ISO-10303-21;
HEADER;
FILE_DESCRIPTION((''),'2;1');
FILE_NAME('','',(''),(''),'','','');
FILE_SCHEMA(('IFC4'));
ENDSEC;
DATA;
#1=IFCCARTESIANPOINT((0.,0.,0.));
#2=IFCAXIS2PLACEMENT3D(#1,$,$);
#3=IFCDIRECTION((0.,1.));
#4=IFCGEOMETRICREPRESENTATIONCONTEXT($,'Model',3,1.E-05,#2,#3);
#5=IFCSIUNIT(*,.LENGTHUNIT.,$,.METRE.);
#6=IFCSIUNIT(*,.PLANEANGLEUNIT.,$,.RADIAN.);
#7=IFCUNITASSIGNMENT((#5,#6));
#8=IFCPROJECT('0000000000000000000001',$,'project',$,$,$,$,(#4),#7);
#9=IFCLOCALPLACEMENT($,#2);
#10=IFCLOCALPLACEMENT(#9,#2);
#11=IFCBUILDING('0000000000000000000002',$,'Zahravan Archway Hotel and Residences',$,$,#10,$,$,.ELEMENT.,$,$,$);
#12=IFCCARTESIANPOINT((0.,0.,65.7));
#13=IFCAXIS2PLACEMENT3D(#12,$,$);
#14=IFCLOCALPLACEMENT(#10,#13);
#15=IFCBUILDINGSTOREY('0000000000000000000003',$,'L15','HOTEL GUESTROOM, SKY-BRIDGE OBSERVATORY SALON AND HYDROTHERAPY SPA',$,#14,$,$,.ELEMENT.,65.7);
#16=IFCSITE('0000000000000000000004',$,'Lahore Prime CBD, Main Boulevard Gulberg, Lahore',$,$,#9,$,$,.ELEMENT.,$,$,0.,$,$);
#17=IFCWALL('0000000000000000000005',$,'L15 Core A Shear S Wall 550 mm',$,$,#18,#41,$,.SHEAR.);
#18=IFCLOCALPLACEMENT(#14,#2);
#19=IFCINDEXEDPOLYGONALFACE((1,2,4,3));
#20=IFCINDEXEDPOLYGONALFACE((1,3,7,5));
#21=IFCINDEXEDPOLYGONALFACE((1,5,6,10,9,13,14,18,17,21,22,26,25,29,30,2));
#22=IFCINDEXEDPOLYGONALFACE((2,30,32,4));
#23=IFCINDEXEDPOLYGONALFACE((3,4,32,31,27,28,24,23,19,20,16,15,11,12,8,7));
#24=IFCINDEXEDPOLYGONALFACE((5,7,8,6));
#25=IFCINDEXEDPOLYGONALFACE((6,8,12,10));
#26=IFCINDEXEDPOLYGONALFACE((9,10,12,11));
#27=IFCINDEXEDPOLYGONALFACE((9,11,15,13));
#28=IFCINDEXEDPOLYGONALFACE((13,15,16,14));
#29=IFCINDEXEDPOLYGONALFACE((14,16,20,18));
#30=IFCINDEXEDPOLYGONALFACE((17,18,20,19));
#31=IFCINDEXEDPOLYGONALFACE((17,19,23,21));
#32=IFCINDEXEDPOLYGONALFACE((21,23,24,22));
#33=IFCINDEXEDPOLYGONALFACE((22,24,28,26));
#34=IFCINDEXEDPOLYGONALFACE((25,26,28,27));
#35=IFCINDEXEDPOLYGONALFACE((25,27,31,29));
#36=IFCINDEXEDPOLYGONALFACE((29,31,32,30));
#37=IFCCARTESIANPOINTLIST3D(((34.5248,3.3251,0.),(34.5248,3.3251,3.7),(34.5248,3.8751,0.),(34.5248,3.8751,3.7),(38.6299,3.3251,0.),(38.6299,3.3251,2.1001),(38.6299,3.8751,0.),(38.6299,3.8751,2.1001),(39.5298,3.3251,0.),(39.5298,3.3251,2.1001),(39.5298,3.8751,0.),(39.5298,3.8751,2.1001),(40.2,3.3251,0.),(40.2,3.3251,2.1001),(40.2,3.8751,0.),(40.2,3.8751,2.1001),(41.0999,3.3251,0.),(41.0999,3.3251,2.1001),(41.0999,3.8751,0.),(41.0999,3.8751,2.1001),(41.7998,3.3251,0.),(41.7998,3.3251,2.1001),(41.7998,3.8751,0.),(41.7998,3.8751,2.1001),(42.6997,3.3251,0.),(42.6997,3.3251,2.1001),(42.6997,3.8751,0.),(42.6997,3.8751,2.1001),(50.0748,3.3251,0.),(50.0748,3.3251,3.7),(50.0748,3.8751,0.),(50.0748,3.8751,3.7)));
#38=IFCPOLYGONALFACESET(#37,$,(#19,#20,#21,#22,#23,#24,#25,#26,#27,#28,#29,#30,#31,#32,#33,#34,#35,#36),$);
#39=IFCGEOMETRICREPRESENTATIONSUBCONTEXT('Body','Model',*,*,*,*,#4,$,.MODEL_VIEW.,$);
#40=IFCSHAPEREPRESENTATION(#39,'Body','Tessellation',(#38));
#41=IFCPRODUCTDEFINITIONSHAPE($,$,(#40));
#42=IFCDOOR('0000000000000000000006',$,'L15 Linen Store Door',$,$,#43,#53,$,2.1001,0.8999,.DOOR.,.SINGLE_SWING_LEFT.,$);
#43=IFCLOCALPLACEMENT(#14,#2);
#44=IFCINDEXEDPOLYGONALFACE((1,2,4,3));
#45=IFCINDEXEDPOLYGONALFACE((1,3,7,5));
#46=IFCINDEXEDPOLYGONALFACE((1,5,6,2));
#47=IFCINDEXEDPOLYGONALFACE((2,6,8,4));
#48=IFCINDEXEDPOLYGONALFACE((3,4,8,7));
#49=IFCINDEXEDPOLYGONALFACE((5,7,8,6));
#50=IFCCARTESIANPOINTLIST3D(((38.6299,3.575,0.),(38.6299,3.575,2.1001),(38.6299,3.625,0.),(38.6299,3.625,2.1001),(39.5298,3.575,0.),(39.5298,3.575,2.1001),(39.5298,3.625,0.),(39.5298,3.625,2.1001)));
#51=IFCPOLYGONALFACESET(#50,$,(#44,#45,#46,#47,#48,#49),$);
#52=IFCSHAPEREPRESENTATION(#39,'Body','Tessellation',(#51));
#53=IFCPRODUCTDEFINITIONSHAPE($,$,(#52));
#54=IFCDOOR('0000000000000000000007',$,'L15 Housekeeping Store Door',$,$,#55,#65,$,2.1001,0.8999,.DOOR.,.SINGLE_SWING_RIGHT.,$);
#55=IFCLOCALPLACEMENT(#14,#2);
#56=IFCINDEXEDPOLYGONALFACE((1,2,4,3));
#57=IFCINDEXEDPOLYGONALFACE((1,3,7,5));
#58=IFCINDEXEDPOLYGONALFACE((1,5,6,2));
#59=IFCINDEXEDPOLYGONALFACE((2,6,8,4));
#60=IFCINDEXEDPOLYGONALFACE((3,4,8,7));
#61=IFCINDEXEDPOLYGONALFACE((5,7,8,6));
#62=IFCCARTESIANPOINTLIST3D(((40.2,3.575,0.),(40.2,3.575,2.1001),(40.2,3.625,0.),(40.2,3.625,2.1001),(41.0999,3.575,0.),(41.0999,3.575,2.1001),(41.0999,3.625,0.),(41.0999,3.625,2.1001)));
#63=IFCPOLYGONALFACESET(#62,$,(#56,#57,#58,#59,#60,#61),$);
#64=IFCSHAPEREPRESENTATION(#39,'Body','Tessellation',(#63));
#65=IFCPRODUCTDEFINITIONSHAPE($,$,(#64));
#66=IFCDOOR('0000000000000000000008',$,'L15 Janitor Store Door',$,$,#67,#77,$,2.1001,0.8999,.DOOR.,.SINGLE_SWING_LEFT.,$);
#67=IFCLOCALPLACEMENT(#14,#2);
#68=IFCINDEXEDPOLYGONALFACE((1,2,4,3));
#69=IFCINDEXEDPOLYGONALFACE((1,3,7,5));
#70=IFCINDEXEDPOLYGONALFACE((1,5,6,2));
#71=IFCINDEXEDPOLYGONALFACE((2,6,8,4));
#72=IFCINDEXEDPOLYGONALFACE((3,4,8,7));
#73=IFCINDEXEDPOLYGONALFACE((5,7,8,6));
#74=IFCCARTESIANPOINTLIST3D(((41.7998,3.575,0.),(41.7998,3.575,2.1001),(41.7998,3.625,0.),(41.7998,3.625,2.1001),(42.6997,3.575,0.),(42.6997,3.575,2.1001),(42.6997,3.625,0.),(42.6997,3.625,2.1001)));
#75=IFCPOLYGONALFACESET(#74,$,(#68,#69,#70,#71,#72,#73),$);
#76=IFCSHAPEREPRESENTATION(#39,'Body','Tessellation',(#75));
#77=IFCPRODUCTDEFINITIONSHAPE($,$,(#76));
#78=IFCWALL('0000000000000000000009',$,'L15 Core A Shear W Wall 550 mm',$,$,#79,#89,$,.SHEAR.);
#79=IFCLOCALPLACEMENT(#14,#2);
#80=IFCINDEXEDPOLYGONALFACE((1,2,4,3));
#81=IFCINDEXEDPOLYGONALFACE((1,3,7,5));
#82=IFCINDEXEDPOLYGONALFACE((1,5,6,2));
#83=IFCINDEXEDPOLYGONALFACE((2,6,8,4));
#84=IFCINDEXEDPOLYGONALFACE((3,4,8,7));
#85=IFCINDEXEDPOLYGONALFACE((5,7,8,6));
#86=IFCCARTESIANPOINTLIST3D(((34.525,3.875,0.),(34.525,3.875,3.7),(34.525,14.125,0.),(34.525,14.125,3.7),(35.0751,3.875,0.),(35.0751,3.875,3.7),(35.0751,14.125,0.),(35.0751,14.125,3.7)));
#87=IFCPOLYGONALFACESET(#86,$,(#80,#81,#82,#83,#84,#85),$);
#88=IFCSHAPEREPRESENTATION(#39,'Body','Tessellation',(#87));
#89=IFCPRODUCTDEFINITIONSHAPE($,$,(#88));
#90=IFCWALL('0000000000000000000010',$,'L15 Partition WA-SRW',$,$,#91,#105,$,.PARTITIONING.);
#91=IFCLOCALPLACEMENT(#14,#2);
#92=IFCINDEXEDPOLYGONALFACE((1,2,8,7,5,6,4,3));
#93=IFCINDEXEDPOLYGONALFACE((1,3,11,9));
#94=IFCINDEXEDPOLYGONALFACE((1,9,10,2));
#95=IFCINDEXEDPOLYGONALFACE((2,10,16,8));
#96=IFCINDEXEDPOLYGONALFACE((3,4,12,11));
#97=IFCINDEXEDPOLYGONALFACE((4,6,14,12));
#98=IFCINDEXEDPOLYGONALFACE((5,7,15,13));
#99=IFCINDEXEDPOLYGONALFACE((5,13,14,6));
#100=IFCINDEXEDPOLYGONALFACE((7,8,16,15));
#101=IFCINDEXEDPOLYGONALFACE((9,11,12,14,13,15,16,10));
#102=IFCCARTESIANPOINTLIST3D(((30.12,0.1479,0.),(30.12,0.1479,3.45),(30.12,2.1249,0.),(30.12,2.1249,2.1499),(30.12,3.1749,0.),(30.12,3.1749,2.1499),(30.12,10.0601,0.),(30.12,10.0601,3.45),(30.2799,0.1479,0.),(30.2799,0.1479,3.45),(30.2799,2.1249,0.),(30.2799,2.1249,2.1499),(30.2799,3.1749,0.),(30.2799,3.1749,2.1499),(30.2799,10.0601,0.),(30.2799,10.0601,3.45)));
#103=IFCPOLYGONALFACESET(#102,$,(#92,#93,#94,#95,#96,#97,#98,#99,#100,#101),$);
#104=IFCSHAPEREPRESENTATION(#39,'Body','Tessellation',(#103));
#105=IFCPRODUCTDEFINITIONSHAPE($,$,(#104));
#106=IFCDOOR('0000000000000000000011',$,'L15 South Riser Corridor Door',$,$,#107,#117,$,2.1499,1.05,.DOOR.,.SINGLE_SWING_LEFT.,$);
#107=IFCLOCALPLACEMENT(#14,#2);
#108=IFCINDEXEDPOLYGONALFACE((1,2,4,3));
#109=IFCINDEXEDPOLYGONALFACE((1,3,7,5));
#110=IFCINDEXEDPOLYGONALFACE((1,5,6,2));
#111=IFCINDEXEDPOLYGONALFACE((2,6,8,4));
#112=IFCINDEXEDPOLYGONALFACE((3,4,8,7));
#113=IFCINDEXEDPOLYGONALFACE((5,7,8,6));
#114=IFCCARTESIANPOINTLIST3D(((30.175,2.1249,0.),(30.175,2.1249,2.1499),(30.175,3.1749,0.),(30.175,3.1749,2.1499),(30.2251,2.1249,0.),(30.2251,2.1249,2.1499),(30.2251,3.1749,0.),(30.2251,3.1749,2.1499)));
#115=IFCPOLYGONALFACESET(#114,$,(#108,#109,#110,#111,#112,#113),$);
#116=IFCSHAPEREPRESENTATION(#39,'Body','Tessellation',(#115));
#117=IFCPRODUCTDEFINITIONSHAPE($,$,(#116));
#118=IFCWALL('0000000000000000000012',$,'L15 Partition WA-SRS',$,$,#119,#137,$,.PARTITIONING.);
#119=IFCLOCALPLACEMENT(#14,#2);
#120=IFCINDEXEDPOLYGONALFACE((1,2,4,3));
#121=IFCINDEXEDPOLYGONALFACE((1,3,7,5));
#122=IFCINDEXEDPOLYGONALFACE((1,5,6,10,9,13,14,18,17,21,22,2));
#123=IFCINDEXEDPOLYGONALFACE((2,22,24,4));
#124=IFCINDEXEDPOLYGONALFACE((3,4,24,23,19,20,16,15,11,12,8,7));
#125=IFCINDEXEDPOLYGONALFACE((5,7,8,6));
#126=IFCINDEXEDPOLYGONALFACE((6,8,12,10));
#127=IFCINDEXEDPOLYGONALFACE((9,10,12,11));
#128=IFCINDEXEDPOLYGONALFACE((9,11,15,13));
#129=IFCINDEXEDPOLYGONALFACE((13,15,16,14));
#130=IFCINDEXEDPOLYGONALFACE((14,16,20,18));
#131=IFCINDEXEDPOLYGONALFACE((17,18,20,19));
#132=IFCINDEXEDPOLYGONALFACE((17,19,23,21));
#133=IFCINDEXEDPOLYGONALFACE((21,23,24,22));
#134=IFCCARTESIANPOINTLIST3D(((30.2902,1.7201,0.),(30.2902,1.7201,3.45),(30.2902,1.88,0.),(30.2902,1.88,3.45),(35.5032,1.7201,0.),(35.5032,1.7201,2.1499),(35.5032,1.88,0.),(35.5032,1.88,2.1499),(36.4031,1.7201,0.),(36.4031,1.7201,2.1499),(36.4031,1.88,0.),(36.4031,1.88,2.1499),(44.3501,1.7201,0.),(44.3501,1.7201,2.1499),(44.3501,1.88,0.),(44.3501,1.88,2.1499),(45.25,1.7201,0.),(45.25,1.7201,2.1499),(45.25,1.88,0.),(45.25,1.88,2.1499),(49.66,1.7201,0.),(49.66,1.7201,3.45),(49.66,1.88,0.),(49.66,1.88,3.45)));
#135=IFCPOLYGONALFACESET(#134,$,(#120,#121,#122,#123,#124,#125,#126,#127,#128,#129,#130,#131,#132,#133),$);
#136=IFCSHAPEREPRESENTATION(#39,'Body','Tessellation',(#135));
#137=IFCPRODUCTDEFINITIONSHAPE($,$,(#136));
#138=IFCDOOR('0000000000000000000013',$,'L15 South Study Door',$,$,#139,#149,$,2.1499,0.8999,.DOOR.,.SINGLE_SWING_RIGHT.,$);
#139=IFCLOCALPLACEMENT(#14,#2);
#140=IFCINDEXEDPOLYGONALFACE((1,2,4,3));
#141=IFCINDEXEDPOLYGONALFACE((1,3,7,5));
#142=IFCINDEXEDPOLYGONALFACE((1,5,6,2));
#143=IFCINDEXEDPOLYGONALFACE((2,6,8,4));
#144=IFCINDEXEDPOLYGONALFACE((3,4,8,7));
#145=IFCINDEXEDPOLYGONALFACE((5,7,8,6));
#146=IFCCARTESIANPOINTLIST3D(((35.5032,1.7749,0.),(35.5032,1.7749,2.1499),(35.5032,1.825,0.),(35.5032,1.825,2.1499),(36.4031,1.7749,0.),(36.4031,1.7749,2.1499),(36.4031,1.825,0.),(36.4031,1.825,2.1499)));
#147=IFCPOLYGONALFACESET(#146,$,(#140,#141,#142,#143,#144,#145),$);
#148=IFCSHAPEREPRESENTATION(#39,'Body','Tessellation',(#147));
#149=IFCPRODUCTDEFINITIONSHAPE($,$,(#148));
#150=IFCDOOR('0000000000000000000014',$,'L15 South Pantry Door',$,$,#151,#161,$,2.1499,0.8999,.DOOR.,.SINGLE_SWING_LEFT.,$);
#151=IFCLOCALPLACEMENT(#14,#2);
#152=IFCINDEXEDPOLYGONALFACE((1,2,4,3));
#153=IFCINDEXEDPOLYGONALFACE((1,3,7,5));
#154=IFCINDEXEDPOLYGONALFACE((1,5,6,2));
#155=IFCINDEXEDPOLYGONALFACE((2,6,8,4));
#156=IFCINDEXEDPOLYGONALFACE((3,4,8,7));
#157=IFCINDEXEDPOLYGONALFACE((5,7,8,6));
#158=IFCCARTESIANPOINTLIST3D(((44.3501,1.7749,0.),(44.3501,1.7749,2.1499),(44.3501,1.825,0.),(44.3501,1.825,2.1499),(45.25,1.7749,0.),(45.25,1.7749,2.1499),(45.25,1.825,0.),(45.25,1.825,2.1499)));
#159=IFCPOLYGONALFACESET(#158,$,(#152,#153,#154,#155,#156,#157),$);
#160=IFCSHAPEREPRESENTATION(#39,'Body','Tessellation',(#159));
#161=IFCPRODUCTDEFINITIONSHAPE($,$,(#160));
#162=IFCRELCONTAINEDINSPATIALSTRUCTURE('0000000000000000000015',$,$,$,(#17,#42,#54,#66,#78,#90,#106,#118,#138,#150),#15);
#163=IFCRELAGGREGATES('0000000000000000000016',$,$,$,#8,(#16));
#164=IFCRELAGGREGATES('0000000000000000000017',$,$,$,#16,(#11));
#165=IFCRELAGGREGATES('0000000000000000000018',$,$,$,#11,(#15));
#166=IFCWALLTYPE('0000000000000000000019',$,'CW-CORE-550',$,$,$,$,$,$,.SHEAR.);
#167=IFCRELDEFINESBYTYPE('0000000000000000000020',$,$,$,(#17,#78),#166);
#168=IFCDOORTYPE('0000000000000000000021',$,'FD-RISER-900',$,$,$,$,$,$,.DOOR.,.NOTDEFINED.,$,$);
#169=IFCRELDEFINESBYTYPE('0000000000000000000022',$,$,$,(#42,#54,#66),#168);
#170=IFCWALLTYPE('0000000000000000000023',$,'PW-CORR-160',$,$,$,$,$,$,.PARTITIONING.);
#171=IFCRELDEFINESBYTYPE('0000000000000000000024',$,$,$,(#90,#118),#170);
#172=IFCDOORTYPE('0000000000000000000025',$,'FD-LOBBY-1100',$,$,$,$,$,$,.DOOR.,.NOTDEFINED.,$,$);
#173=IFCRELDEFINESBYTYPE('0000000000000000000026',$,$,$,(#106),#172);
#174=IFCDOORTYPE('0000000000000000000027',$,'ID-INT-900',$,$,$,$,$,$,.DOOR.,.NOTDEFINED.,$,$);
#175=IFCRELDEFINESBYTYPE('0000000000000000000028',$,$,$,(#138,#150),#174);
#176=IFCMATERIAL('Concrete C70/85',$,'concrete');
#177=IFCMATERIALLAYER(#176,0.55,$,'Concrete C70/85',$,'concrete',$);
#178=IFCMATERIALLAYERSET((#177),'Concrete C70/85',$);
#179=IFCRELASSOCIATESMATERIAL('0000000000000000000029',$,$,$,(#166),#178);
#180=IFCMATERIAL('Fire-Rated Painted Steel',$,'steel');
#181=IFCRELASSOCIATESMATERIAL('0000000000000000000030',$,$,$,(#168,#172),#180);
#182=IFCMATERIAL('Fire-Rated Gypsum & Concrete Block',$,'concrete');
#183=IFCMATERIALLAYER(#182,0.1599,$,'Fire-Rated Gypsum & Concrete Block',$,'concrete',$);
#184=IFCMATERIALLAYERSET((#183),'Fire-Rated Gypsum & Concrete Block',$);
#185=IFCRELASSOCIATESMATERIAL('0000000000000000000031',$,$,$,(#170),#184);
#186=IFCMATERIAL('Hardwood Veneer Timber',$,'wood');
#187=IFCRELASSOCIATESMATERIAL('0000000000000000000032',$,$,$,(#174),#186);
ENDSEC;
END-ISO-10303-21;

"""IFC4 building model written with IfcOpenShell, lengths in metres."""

from ifc_helpers import new_model, si_unit, direction, frame, frame_2d, origin, place, context, subcontext, project, spatial, rectangle, extrude, source, transform, mapped, material, layer, layer_set, type_object, type_shapes, element, fill, save


model = new_model("IFC4")

# Units and contexts
model_context = context("Model", 3, precision=1e-05, world=origin(), true_north=direction((0.0, 1.0)))
body_context = subcontext(model_context, "Body", "Model", "MODEL_VIEW")
ifc_project = project(units=[si_unit("LENGTHUNIT", "METRE"), si_unit("PLANEANGLEUNIT", "RADIAN")], contexts=[model_context])

# Site, building, storey
site_placement = place(None, origin())
site = spatial("IfcSite", under=ifc_project, at=site_placement, Name="Lahore Prime CBD, Main Boulevard Gulberg, Lahore", CompositionType="ELEMENT", RefElevation=0.0)
building_placement = place(site_placement, origin())
building = spatial("IfcBuilding", under=site, at=building_placement, Name="Zahravan Archway Hotel and Residences", CompositionType="ELEMENT")
storey_placement = place(building_placement, frame((0.0, 0.0, 65.7)))
storey = spatial("IfcBuildingStorey", under=building, at=storey_placement, Name="L15", Description="HOTEL GUESTROOM, SKY-BRIDGE OBSERVATORY SALON AND HYDROTHERAPY SPA", CompositionType="ELEMENT", Elevation=65.7)

# Shared definitions
ifc_material_1 = material(Name="Concrete C70/85", Category="concrete")

# Wall, openings, doors
ifc_layer_1 = layer(ifc_material_1, 0.55, Name="Concrete C70/85", Category="concrete")
ifc_layer_set_1 = layer_set([ifc_layer_1], Name="Concrete C70/85")
wall_type_1 = type_object("IfcWallType", Name="CW-CORE-550", PredefinedType="SHEAR", material=ifc_layer_set_1)
wall_1_placement = place(storey_placement, frame((34.5249, 3.6001, 0.0), z_axis=(0.0, 0.0, 1.0), x_axis=(1.0, 0.0, 0.0)))
wall_1 = element("IfcWall", 1, at=wall_1_placement, inside=storey, type_object=wall_type_1, Name="L15 Core A Shear S Wall 550 mm", PredefinedType="SHEAR", context=body_context, shape_type="SweptSolid", body=[
    extrude(rectangle(XDim=15.55, YDim=0.55, at=frame_2d((7.7749, 0.0))), origin(), (0.0, 0.0, 1.0), 3.7),
])
opening_1_placement = place(wall_1_placement, frame((4.105, 0.0, 0.0)))
opening_1 = element("IfcOpeningElement", 2, at=opening_1_placement, cuts=wall_1, PredefinedType="OPENING", context=body_context, shape_type="SweptSolid", body=[
    extrude(rectangle(XDim=0.8999, YDim=2.1001, at=frame_2d((0.45, 1.05))), frame((0.0, 0.2852, 0.0), z_axis=(0.0, -1.0, 0.0), x_axis=(1.0, 0.0, 0.0)), (0.0, 0.0, 1.0), 0.5701),
])
opening_2_placement = place(wall_1_placement, frame((5.675, 0.0, 0.0)))
opening_2 = element("IfcOpeningElement", 3, at=opening_2_placement, cuts=wall_1, PredefinedType="OPENING", context=body_context, shape_type="SweptSolid", body=[
    extrude(rectangle(XDim=0.8999, YDim=2.1001, at=frame_2d((0.45, 1.05))), frame((0.0, 0.2852, 0.0), z_axis=(0.0, -1.0, 0.0), x_axis=(1.0, 0.0, 0.0)), (0.0, 0.0, 1.0), 0.5701),
])
opening_3_placement = place(wall_1_placement, frame((7.2749, 0.0, 0.0)))
opening_3 = element("IfcOpeningElement", 4, at=opening_3_placement, cuts=wall_1, PredefinedType="OPENING", context=body_context, shape_type="SweptSolid", body=[
    extrude(rectangle(XDim=0.8999, YDim=2.1001, at=frame_2d((0.45, 1.05))), frame((0.0, 0.2852, 0.0), z_axis=(0.0, -1.0, 0.0), x_axis=(1.0, 0.0, 0.0)), (0.0, 0.0, 1.0), 0.5701),
])
ifc_material_2 = material(Name="Fire-Rated Painted Steel", Category="steel")
door_type_1 = type_object("IfcDoorType", Name="FD-RISER-900", OperationType="NOTDEFINED", PredefinedType="DOOR", material=ifc_material_2)
shared_shape_1 = source(origin(), body_context, "Body", "SweptSolid", [
    extrude(rectangle(XDim=0.8999, YDim=2.1001, at=frame_2d((0.45, 1.05))), frame((0.0, 0.0249, 0.0), z_axis=(0.0, -1.0, 0.0), x_axis=(1.0, 0.0, 0.0)), (0.0, 0.0, 1.0), 0.05),
])
type_shapes(door_type_1, [shared_shape_1])
door_1_placement = place(opening_1_placement, origin())
door_1 = element("IfcDoor", 5, at=door_1_placement, inside=storey, type_object=door_type_1, Name="L15 Linen Store Door", OperationType="SINGLE_SWING_LEFT", OverallHeight=2.1001, OverallWidth=0.8999, PredefinedType="DOOR", context=body_context, shape_type="MappedRepresentation", body=[
    mapped(shared_shape_1, transform((0.0, 0.0, 0.0), scale=1.0)),
])
fill(opening_1, door_1)
door_2_placement = place(opening_2_placement, origin())
door_2 = element("IfcDoor", 6, at=door_2_placement, inside=storey, type_object=door_type_1, Name="L15 Housekeeping Store Door", OperationType="SINGLE_SWING_RIGHT", OverallHeight=2.1001, OverallWidth=0.8999, PredefinedType="DOOR", context=body_context, shape_type="MappedRepresentation", body=[
    mapped(shared_shape_1, transform((0.0, 0.0, 0.0), scale=1.0)),
])
fill(opening_2, door_2)
door_3_placement = place(opening_3_placement, origin())
door_3 = element("IfcDoor", 7, at=door_3_placement, inside=storey, type_object=door_type_1, Name="L15 Janitor Store Door", OperationType="SINGLE_SWING_LEFT", OverallHeight=2.1001, OverallWidth=0.8999, PredefinedType="DOOR", context=body_context, shape_type="MappedRepresentation", body=[
    mapped(shared_shape_1, transform((0.0, 0.0, 0.0), scale=1.0)),
])
fill(opening_3, door_3)

# Wall
wall_2_placement = place(storey_placement, frame((34.8, 3.875, 0.0), z_axis=(0.0, 0.0, 1.0), x_axis=(0.0, 1.0, 0.0)))
element("IfcWall", 8, at=wall_2_placement, inside=storey, type_object=wall_type_1, Name="L15 Core A Shear W Wall 550 mm", PredefinedType="SHEAR", context=body_context, shape_type="SweptSolid", body=[
    extrude(rectangle(XDim=10.25, YDim=0.55, at=frame_2d((5.125, 0.0))), origin(), (0.0, 0.0, 1.0), 3.7),
])

# Wall, opening, door
ifc_material_3 = material(Name="Fire-Rated Gypsum & Concrete Block", Category="concrete")
ifc_layer_2 = layer(ifc_material_3, 0.1599, Name="Fire-Rated Gypsum & Concrete Block", Category="concrete")
ifc_layer_set_2 = layer_set([ifc_layer_2], Name="Fire-Rated Gypsum & Concrete Block")
wall_type_2 = type_object("IfcWallType", Name="PW-CORR-160", PredefinedType="PARTITIONING", material=ifc_layer_set_2)
wall_3_placement = place(storey_placement, frame((30.2, 0.1479, 0.0), z_axis=(0.0, 0.0, 1.0), x_axis=(0.0, 1.0, 0.0)))
wall_3 = element("IfcWall", 9, at=wall_3_placement, inside=storey, type_object=wall_type_2, Name="L15 Partition WA-SRW", PredefinedType="PARTITIONING", context=body_context, shape_type="SweptSolid", body=[
    extrude(rectangle(XDim=9.9121, YDim=0.1599, at=frame_2d((4.9561, 0.0))), origin(), (0.0, 0.0, 1.0), 3.45),
])
opening_4_placement = place(wall_3_placement, frame((1.9771, 0.0, 0.0)))
opening_4 = element("IfcOpeningElement", 10, at=opening_4_placement, cuts=wall_3, PredefinedType="OPENING", context=body_context, shape_type="SweptSolid", body=[
    extrude(rectangle(XDim=1.05, YDim=2.1499, at=frame_2d((0.5249, 1.075))), frame((0.0, 0.0898, 0.0), z_axis=(0.0, -1.0, 0.0), x_axis=(1.0, 0.0, 0.0)), (0.0, 0.0, 1.0), 0.1799),
])
door_type_2 = type_object("IfcDoorType", Name="FD-LOBBY-1100", OperationType="NOTDEFINED", PredefinedType="DOOR", material=ifc_material_2)
shared_shape_2 = source(origin(), body_context, "Body", "SweptSolid", [
    extrude(rectangle(XDim=1.05, YDim=2.1499, at=frame_2d((0.5249, 1.075))), frame((0.0, 0.0249, 0.0), z_axis=(0.0, -1.0, 0.0), x_axis=(1.0, 0.0, 0.0)), (0.0, 0.0, 1.0), 0.05),
])
type_shapes(door_type_2, [shared_shape_2])
door_4_placement = place(opening_4_placement, origin())
door_4 = element("IfcDoor", 11, at=door_4_placement, inside=storey, type_object=door_type_2, Name="L15 South Riser Corridor Door", OperationType="SINGLE_SWING_LEFT", OverallHeight=2.1499, OverallWidth=1.05, PredefinedType="DOOR", context=body_context, shape_type="MappedRepresentation", body=[
    mapped(shared_shape_2, transform((0.0, 0.0, 0.0), scale=1.0)),
])
fill(opening_4, door_4)

# Wall, openings, doors
wall_4_placement = place(storey_placement, frame((30.29, 1.8, 0.0), z_axis=(0.0, 0.0, 1.0), x_axis=(1.0, 0.0, 0.0)))
wall_4 = element("IfcWall", 12, at=wall_4_placement, inside=storey, type_object=wall_type_2, Name="L15 Partition WA-SRS", PredefinedType="PARTITIONING", context=body_context, shape_type="SweptSolid", body=[
    extrude(rectangle(XDim=19.3699, YDim=0.1599, at=frame_2d((9.6851, 0.0))), origin(), (0.0, 0.0, 1.0), 3.45),
])
opening_5_placement = place(wall_4_placement, frame((5.2131, 0.0, 0.0)))
opening_5 = element("IfcOpeningElement", 13, at=opening_5_placement, cuts=wall_4, PredefinedType="OPENING", context=body_context, shape_type="SweptSolid", body=[
    extrude(rectangle(XDim=0.8999, YDim=2.1499, at=frame_2d((0.45, 1.075))), frame((0.0, 0.0898, 0.0), z_axis=(0.0, -1.0, 0.0), x_axis=(1.0, 0.0, 0.0)), (0.0, 0.0, 1.0), 0.1799),
])
opening_6_placement = place(wall_4_placement, frame((14.0601, 0.0, 0.0)))
opening_6 = element("IfcOpeningElement", 14, at=opening_6_placement, cuts=wall_4, PredefinedType="OPENING", context=body_context, shape_type="SweptSolid", body=[
    extrude(rectangle(XDim=0.8999, YDim=2.1499, at=frame_2d((0.45, 1.075))), frame((0.0, 0.0898, 0.0), z_axis=(0.0, -1.0, 0.0), x_axis=(1.0, 0.0, 0.0)), (0.0, 0.0, 1.0), 0.1799),
])
ifc_material_4 = material(Name="Hardwood Veneer Timber", Category="wood")
door_type_3 = type_object("IfcDoorType", Name="ID-INT-900", OperationType="NOTDEFINED", PredefinedType="DOOR", material=ifc_material_4)
shared_shape_3 = source(origin(), body_context, "Body", "SweptSolid", [
    extrude(rectangle(XDim=0.8999, YDim=2.1499, at=frame_2d((0.45, 1.075))), frame((0.0, 0.0249, 0.0), z_axis=(0.0, -1.0, 0.0), x_axis=(1.0, 0.0, 0.0)), (0.0, 0.0, 1.0), 0.05),
])
type_shapes(door_type_3, [shared_shape_3])
door_5_placement = place(opening_5_placement, origin())
door_5 = element("IfcDoor", 15, at=door_5_placement, inside=storey, type_object=door_type_3, Name="L15 South Study Door", OperationType="SINGLE_SWING_RIGHT", OverallHeight=2.1499, OverallWidth=0.8999, PredefinedType="DOOR", context=body_context, shape_type="MappedRepresentation", body=[
    mapped(shared_shape_3, transform((0.0, 0.0, 0.0), scale=1.0)),
])
fill(opening_5, door_5)
door_6_placement = place(opening_6_placement, origin())
door_6 = element("IfcDoor", 16, at=door_6_placement, inside=storey, type_object=door_type_3, Name="L15 South Pantry Door", OperationType="SINGLE_SWING_LEFT", OverallHeight=2.1499, OverallWidth=0.8999, PredefinedType="DOOR", context=body_context, shape_type="MappedRepresentation", body=[
    mapped(shared_shape_3, transform((0.0, 0.0, 0.0), scale=1.0)),
])
fill(opening_6, door_6)

save(model, "model.ifc")
